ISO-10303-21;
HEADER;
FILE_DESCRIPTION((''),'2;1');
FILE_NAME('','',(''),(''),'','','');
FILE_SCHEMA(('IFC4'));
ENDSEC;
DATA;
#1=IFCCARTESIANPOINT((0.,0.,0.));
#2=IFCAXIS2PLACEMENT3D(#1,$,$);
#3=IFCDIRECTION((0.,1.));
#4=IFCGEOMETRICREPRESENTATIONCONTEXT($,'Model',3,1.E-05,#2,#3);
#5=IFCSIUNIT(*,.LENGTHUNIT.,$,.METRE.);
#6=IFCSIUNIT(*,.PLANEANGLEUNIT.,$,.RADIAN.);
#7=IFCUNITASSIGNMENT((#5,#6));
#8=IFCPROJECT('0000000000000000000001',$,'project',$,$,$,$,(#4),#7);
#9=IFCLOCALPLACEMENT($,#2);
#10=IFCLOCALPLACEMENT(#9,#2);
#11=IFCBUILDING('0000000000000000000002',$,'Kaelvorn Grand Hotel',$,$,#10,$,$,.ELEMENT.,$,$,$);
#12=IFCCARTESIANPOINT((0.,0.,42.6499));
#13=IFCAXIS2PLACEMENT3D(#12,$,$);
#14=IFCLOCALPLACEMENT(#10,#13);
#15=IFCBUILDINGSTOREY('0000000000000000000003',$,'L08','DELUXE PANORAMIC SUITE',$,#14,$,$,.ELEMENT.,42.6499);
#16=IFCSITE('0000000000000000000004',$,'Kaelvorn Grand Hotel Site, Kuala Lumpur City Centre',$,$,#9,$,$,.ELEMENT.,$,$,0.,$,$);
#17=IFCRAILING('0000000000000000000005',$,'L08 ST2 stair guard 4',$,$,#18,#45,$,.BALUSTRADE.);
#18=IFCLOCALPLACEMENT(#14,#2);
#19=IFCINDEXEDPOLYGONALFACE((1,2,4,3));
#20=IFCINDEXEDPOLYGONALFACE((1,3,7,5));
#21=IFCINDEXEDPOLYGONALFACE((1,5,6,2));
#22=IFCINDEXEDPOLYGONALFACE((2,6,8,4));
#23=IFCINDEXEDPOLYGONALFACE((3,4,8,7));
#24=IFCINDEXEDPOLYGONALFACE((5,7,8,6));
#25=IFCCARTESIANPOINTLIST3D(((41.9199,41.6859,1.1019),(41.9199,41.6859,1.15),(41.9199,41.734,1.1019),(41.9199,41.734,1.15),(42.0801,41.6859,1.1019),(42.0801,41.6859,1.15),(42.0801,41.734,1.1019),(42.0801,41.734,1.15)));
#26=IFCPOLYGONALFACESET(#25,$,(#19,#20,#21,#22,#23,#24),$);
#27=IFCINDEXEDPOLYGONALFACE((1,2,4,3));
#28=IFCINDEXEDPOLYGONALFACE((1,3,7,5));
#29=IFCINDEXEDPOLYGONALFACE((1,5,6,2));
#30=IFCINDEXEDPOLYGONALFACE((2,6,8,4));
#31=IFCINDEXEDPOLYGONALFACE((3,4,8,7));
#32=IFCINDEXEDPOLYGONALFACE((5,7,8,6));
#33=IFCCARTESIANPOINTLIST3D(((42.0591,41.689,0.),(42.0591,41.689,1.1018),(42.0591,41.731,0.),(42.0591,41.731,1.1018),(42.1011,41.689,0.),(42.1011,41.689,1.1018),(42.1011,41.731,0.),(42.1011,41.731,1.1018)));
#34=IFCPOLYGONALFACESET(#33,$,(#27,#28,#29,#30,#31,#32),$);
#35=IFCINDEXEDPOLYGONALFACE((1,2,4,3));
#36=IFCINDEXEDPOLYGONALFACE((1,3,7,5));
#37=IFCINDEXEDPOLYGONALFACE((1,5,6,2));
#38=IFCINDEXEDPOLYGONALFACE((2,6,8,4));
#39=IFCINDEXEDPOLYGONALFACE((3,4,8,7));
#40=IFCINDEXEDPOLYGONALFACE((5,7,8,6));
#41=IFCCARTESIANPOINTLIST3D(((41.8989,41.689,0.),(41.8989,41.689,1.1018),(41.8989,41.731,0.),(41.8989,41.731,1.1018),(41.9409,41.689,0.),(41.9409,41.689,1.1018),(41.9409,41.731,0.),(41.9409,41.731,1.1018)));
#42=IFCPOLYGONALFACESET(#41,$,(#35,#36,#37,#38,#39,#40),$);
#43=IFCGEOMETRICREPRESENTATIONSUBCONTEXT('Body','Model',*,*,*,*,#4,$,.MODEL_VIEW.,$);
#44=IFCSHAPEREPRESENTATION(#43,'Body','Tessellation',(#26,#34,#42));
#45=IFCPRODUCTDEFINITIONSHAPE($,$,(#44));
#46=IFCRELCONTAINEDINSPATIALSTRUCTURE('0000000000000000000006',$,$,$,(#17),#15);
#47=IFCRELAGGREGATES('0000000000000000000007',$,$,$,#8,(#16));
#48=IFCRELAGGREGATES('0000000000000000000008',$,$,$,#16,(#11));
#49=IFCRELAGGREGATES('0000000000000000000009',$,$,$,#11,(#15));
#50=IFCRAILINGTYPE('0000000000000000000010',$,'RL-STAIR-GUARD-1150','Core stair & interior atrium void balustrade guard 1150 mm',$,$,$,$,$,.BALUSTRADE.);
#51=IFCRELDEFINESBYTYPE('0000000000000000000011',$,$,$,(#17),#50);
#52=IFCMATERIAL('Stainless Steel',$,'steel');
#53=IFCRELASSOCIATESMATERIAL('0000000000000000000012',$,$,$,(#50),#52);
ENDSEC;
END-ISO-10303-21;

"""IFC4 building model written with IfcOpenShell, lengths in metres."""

from ifc_helpers import new_model, si_unit, direction, frame, origin, origin_2d, place, context, subcontext, project, spatial, rectangle, extrude, material, type_object, element, save


model = new_model("IFC4")

# Units and contexts
model_context = context("Model", 3, precision=1e-05, world=origin(), true_north=direction((0.0, 1.0)))
body_context = subcontext(model_context, "Body", "Model", "MODEL_VIEW")
ifc_project = project(units=[si_unit("LENGTHUNIT", "METRE"), si_unit("PLANEANGLEUNIT", "RADIAN")], contexts=[model_context])

# Site, building, storey
site_placement = place(None, origin())
site = spatial("IfcSite", under=ifc_project, at=site_placement, Name="Kaelvorn Grand Hotel Site, Kuala Lumpur City Centre", CompositionType="ELEMENT", RefElevation=0.0)
building_placement = place(site_placement, origin())
building = spatial("IfcBuilding", under=site, at=building_placement, Name="Kaelvorn Grand Hotel", CompositionType="ELEMENT")
storey_placement = place(building_placement, frame((0.0, 0.0, 42.6499)))
storey = spatial("IfcBuildingStorey", under=building, at=storey_placement, Name="L08", Description="DELUXE PANORAMIC SUITE", CompositionType="ELEMENT", Elevation=42.6499)

# Shared definitions
ifc_material_1 = material(Name="Stainless Steel", Category="steel")

# Railing
railing_type_1 = type_object("IfcRailingType", Name="RL-STAIR-GUARD-1150", Description="Core stair & interior atrium void balustrade guard 1150 mm", PredefinedType="BALUSTRADE", material=ifc_material_1)
railing_1_placement = place(storey_placement, frame((42.0801, 41.71, 0.0)))
element("IfcRailing", 1, at=railing_1_placement, inside=storey, type_object=railing_type_1, Name="L08 ST2 stair guard 4", PredefinedType="BALUSTRADE", context=body_context, shape_type="SweptSolid", body=[
    extrude(rectangle(XDim=0.0481, YDim=0.0481, at=origin_2d()), frame((0.0, 0.0, 1.126), z_axis=(-1.0, 0.0, 0.0), x_axis=(0.0, -1.0, 0.0)), (0.0, 0.0, 1.0), 0.1602),
    extrude(rectangle(XDim=0.042, YDim=0.042, at=origin_2d()), origin(), (0.0, 0.0, 1.0), 1.1018),
    extrude(rectangle(XDim=0.042, YDim=0.042, at=origin_2d()), frame((-0.1602, 0.0, 0.0)), (0.0, 0.0, 1.0), 1.1018),
])

save(model, "model.ifc")
